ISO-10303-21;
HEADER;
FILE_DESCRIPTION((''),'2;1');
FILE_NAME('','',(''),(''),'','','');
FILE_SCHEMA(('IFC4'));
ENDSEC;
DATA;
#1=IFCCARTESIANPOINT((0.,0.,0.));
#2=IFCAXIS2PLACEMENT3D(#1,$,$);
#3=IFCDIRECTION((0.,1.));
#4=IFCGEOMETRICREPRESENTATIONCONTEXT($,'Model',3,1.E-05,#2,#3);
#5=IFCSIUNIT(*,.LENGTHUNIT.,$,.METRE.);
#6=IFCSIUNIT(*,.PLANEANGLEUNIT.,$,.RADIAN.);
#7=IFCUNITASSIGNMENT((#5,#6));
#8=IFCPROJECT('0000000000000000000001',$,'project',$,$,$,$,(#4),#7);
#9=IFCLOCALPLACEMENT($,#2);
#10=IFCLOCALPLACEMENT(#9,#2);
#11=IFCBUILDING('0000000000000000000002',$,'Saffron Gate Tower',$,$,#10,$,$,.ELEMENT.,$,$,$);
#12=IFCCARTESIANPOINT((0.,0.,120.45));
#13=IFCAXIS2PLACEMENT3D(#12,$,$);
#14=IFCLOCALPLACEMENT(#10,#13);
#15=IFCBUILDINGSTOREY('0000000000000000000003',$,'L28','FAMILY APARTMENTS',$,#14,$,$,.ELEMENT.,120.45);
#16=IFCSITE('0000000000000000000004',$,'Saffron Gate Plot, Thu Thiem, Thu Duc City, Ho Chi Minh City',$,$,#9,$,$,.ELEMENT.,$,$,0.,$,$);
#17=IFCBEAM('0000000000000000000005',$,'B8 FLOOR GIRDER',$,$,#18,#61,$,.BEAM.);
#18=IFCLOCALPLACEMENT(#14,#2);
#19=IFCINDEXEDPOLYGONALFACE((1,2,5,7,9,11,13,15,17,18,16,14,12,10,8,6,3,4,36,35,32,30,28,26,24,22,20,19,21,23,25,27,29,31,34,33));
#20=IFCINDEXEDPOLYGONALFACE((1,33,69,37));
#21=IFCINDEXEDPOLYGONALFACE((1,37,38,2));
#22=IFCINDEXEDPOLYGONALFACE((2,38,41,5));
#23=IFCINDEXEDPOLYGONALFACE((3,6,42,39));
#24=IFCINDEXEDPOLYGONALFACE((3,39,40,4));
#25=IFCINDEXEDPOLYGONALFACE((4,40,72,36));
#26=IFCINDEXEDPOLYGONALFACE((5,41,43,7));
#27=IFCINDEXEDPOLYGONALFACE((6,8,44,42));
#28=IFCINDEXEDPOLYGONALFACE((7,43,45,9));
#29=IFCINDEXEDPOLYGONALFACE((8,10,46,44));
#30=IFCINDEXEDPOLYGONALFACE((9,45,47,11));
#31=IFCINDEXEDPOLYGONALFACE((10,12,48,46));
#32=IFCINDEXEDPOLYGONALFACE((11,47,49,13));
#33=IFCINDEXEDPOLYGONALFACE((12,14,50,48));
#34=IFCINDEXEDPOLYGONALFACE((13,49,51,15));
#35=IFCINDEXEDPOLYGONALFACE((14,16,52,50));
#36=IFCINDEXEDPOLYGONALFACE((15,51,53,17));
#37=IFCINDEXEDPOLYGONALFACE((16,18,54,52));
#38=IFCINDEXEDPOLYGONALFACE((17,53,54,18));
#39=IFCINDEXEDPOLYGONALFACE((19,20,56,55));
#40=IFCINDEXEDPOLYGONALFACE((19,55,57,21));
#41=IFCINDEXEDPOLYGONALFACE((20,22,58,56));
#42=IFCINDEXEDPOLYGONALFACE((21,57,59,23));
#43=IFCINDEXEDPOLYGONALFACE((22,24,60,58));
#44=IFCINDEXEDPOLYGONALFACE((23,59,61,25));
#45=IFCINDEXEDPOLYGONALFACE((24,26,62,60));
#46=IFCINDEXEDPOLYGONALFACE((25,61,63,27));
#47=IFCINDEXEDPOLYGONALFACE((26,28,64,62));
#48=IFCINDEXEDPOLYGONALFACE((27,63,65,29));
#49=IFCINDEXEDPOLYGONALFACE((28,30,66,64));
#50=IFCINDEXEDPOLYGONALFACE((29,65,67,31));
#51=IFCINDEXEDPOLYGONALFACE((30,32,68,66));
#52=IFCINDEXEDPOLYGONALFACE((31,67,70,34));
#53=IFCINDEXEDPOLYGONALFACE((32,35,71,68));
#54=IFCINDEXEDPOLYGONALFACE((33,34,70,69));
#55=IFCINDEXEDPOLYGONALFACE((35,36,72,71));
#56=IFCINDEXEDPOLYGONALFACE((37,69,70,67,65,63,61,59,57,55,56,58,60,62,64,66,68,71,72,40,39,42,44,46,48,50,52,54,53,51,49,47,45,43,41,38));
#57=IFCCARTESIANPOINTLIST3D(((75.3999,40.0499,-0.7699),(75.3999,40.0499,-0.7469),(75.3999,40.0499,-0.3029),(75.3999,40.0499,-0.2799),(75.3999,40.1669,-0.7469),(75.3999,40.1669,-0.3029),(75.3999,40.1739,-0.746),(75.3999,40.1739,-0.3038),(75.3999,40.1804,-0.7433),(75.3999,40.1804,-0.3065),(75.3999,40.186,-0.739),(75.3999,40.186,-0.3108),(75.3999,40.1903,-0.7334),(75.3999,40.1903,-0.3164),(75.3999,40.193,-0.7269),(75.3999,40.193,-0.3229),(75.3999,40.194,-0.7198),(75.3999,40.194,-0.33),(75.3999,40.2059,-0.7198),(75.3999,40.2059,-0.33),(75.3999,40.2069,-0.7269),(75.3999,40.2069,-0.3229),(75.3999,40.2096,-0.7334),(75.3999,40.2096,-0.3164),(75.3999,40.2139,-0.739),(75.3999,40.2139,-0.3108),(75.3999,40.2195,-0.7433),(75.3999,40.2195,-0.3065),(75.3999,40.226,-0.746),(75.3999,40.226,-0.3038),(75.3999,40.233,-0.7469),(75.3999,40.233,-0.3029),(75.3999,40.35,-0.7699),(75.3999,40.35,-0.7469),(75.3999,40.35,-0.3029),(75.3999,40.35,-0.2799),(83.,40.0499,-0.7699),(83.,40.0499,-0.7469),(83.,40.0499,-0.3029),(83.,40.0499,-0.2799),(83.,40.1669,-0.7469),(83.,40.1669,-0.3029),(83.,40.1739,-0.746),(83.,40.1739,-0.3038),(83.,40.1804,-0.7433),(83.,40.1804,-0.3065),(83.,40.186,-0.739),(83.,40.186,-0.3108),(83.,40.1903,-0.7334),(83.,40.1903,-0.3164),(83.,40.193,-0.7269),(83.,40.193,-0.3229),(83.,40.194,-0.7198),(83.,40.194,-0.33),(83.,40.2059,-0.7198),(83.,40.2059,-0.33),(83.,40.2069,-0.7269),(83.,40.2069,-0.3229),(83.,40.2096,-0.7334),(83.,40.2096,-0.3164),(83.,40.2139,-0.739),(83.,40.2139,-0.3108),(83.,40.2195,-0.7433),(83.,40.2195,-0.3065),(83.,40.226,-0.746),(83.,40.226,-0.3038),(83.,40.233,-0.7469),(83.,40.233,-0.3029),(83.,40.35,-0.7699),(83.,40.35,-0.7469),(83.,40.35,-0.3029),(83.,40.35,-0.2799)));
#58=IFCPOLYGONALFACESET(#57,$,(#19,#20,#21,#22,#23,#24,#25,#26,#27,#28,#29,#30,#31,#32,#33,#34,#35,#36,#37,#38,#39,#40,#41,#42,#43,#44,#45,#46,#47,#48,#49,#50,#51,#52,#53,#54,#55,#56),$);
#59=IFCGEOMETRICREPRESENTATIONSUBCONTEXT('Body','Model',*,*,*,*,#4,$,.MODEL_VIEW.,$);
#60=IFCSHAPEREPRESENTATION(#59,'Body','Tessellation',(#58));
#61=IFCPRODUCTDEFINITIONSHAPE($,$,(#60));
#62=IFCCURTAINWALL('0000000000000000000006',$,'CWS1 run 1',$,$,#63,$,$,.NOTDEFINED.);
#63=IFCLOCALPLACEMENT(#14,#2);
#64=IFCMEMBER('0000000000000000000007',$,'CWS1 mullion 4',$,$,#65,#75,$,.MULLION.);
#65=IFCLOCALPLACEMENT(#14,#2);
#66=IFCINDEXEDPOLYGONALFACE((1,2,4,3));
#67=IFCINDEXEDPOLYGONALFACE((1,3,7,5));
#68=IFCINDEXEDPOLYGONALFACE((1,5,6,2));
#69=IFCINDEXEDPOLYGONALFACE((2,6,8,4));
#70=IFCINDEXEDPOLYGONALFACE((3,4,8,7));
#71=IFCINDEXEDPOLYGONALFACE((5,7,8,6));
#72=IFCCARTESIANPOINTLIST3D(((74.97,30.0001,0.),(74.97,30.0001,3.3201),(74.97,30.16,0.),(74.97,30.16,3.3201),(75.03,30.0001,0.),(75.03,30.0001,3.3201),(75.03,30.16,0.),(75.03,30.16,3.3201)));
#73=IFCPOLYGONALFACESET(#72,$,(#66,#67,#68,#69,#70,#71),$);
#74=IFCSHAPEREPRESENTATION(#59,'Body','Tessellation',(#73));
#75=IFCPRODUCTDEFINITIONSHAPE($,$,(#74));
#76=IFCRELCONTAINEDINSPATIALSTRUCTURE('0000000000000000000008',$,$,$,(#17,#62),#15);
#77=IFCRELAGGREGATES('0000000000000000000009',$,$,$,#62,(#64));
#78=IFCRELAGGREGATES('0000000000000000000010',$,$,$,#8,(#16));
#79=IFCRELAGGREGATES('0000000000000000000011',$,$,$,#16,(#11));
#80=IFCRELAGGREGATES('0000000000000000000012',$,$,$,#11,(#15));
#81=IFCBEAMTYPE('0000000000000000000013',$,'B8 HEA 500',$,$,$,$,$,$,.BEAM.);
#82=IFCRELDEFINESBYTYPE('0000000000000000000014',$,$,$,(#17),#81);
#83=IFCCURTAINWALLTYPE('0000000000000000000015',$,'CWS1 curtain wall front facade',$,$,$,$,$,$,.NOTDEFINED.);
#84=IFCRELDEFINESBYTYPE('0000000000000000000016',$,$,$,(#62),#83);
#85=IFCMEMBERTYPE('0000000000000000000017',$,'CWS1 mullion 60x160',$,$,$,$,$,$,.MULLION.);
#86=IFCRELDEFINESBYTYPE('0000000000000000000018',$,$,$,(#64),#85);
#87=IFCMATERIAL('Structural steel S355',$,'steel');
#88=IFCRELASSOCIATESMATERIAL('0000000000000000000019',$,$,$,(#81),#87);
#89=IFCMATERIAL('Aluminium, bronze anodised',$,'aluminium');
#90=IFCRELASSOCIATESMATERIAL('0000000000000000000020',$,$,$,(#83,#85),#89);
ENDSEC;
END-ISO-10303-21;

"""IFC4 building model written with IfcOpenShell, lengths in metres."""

from ifc_helpers import new_model, si_unit, direction, frame, origin, origin_2d, place, context, subcontext, project, spatial, rectangle, i_section, extrude, material, material_profile, profile_set, type_object, element, aggregate, save


model = new_model("IFC4")

# Units and contexts
model_context = context("Model", 3, precision=1e-05, world=origin(), true_north=direction((0.0, 1.0)))
body_context = subcontext(model_context, "Body", "Model", "MODEL_VIEW")
ifc_project = project(units=[si_unit("LENGTHUNIT", "METRE"), si_unit("PLANEANGLEUNIT", "RADIAN")], contexts=[model_context])

# Site, building, storey
site_placement = place(None, origin())
site = spatial("IfcSite", under=ifc_project, at=site_placement, Name="Saffron Gate Plot, Thu Thiem, Thu Duc City, Ho Chi Minh City", CompositionType="ELEMENT", RefElevation=0.0)
building_placement = place(site_placement, origin())
building = spatial("IfcBuilding", under=site, at=building_placement, Name="Saffron Gate Tower", CompositionType="ELEMENT")
storey_placement = place(building_placement, frame((0.0, 0.0, 120.45)))
storey = spatial("IfcBuildingStorey", under=building, at=storey_placement, Name="L28", Description="FAMILY APARTMENTS", CompositionType="ELEMENT", Elevation=120.45)

# Beam
ifc_material_1 = material(Name="Structural steel S355", Category="steel")
ifc_material_profile_1 = material_profile(ifc_material_1, i_section(OverallWidth=0.3, OverallDepth=0.49, WebThickness=0.012, FlangeThickness=0.0229, FilletRadius=0.0271, at=origin_2d()))
ifc_profile_set_1 = profile_set([ifc_material_profile_1], Name="Structural steel S355")
beam_type_1 = type_object("IfcBeamType", Name="B8 HEA 500", PredefinedType="BEAM", material=ifc_profile_set_1)
for number, where, z_axis, x_axis, name in (
    (1, (75.3999, 40.2, -0.5249), (1.0, 0.0, 0.0), (0.0, 1.0, 0.0), "B8 FLOOR GIRDER"),
):
    element("IfcBeam", number, at=place(storey_placement, frame(where, z_axis=z_axis, x_axis=x_axis)), inside=storey, type_object=beam_type_1, Name=name, PredefinedType="BEAM", context=body_context, shape_type="SweptSolid", body=[
        extrude(i_section(OverallWidth=0.3, OverallDepth=0.49, WebThickness=0.012, FlangeThickness=0.0229, FilletRadius=0.0271, at=origin_2d()), origin(), (0.0, 0.0, 1.0), 7.6001),
    ])

# Curtain wall, member
ifc_material_2 = material(Name="Aluminium, bronze anodised", Category="aluminium")
curtain_wall_type = type_object("IfcCurtainWallType", Name="CWS1 curtain wall front facade", PredefinedType="NOTDEFINED", material=ifc_material_2)
curtain_wall_placement = place(storey_placement, origin())
curtain_wall = element("IfcCurtainWall", 2, at=curtain_wall_placement, inside=storey, type_object=curtain_wall_type, Name="CWS1 run 1", PredefinedType="NOTDEFINED")
ifc_material_profile_2 = material_profile(ifc_material_2, rectangle(XDim=0.1599, YDim=0.0601, at=origin_2d()))
ifc_profile_set_2 = profile_set([ifc_material_profile_2], Name="Aluminium, bronze anodised")
member_type = type_object("IfcMemberType", Name="CWS1 mullion 60x160", PredefinedType="MULLION", material=ifc_profile_set_2)
member_placement = place(storey_placement, frame((75.0, 30.0801, 0.0), z_axis=(0.0, 0.0, 1.0), x_axis=(0.0, 1.0, 0.0)))
member = element("IfcMember", 3, at=member_placement, type_object=member_type, Name="CWS1 mullion 4", PredefinedType="MULLION", context=body_context, shape_type="SweptSolid", body=[
    extrude(rectangle(XDim=0.1599, YDim=0.0601, at=origin_2d()), origin(), (0.0, 0.0, 1.0), 3.3201),
])
aggregate(curtain_wall, [member])

save(model, "model.ifc")
